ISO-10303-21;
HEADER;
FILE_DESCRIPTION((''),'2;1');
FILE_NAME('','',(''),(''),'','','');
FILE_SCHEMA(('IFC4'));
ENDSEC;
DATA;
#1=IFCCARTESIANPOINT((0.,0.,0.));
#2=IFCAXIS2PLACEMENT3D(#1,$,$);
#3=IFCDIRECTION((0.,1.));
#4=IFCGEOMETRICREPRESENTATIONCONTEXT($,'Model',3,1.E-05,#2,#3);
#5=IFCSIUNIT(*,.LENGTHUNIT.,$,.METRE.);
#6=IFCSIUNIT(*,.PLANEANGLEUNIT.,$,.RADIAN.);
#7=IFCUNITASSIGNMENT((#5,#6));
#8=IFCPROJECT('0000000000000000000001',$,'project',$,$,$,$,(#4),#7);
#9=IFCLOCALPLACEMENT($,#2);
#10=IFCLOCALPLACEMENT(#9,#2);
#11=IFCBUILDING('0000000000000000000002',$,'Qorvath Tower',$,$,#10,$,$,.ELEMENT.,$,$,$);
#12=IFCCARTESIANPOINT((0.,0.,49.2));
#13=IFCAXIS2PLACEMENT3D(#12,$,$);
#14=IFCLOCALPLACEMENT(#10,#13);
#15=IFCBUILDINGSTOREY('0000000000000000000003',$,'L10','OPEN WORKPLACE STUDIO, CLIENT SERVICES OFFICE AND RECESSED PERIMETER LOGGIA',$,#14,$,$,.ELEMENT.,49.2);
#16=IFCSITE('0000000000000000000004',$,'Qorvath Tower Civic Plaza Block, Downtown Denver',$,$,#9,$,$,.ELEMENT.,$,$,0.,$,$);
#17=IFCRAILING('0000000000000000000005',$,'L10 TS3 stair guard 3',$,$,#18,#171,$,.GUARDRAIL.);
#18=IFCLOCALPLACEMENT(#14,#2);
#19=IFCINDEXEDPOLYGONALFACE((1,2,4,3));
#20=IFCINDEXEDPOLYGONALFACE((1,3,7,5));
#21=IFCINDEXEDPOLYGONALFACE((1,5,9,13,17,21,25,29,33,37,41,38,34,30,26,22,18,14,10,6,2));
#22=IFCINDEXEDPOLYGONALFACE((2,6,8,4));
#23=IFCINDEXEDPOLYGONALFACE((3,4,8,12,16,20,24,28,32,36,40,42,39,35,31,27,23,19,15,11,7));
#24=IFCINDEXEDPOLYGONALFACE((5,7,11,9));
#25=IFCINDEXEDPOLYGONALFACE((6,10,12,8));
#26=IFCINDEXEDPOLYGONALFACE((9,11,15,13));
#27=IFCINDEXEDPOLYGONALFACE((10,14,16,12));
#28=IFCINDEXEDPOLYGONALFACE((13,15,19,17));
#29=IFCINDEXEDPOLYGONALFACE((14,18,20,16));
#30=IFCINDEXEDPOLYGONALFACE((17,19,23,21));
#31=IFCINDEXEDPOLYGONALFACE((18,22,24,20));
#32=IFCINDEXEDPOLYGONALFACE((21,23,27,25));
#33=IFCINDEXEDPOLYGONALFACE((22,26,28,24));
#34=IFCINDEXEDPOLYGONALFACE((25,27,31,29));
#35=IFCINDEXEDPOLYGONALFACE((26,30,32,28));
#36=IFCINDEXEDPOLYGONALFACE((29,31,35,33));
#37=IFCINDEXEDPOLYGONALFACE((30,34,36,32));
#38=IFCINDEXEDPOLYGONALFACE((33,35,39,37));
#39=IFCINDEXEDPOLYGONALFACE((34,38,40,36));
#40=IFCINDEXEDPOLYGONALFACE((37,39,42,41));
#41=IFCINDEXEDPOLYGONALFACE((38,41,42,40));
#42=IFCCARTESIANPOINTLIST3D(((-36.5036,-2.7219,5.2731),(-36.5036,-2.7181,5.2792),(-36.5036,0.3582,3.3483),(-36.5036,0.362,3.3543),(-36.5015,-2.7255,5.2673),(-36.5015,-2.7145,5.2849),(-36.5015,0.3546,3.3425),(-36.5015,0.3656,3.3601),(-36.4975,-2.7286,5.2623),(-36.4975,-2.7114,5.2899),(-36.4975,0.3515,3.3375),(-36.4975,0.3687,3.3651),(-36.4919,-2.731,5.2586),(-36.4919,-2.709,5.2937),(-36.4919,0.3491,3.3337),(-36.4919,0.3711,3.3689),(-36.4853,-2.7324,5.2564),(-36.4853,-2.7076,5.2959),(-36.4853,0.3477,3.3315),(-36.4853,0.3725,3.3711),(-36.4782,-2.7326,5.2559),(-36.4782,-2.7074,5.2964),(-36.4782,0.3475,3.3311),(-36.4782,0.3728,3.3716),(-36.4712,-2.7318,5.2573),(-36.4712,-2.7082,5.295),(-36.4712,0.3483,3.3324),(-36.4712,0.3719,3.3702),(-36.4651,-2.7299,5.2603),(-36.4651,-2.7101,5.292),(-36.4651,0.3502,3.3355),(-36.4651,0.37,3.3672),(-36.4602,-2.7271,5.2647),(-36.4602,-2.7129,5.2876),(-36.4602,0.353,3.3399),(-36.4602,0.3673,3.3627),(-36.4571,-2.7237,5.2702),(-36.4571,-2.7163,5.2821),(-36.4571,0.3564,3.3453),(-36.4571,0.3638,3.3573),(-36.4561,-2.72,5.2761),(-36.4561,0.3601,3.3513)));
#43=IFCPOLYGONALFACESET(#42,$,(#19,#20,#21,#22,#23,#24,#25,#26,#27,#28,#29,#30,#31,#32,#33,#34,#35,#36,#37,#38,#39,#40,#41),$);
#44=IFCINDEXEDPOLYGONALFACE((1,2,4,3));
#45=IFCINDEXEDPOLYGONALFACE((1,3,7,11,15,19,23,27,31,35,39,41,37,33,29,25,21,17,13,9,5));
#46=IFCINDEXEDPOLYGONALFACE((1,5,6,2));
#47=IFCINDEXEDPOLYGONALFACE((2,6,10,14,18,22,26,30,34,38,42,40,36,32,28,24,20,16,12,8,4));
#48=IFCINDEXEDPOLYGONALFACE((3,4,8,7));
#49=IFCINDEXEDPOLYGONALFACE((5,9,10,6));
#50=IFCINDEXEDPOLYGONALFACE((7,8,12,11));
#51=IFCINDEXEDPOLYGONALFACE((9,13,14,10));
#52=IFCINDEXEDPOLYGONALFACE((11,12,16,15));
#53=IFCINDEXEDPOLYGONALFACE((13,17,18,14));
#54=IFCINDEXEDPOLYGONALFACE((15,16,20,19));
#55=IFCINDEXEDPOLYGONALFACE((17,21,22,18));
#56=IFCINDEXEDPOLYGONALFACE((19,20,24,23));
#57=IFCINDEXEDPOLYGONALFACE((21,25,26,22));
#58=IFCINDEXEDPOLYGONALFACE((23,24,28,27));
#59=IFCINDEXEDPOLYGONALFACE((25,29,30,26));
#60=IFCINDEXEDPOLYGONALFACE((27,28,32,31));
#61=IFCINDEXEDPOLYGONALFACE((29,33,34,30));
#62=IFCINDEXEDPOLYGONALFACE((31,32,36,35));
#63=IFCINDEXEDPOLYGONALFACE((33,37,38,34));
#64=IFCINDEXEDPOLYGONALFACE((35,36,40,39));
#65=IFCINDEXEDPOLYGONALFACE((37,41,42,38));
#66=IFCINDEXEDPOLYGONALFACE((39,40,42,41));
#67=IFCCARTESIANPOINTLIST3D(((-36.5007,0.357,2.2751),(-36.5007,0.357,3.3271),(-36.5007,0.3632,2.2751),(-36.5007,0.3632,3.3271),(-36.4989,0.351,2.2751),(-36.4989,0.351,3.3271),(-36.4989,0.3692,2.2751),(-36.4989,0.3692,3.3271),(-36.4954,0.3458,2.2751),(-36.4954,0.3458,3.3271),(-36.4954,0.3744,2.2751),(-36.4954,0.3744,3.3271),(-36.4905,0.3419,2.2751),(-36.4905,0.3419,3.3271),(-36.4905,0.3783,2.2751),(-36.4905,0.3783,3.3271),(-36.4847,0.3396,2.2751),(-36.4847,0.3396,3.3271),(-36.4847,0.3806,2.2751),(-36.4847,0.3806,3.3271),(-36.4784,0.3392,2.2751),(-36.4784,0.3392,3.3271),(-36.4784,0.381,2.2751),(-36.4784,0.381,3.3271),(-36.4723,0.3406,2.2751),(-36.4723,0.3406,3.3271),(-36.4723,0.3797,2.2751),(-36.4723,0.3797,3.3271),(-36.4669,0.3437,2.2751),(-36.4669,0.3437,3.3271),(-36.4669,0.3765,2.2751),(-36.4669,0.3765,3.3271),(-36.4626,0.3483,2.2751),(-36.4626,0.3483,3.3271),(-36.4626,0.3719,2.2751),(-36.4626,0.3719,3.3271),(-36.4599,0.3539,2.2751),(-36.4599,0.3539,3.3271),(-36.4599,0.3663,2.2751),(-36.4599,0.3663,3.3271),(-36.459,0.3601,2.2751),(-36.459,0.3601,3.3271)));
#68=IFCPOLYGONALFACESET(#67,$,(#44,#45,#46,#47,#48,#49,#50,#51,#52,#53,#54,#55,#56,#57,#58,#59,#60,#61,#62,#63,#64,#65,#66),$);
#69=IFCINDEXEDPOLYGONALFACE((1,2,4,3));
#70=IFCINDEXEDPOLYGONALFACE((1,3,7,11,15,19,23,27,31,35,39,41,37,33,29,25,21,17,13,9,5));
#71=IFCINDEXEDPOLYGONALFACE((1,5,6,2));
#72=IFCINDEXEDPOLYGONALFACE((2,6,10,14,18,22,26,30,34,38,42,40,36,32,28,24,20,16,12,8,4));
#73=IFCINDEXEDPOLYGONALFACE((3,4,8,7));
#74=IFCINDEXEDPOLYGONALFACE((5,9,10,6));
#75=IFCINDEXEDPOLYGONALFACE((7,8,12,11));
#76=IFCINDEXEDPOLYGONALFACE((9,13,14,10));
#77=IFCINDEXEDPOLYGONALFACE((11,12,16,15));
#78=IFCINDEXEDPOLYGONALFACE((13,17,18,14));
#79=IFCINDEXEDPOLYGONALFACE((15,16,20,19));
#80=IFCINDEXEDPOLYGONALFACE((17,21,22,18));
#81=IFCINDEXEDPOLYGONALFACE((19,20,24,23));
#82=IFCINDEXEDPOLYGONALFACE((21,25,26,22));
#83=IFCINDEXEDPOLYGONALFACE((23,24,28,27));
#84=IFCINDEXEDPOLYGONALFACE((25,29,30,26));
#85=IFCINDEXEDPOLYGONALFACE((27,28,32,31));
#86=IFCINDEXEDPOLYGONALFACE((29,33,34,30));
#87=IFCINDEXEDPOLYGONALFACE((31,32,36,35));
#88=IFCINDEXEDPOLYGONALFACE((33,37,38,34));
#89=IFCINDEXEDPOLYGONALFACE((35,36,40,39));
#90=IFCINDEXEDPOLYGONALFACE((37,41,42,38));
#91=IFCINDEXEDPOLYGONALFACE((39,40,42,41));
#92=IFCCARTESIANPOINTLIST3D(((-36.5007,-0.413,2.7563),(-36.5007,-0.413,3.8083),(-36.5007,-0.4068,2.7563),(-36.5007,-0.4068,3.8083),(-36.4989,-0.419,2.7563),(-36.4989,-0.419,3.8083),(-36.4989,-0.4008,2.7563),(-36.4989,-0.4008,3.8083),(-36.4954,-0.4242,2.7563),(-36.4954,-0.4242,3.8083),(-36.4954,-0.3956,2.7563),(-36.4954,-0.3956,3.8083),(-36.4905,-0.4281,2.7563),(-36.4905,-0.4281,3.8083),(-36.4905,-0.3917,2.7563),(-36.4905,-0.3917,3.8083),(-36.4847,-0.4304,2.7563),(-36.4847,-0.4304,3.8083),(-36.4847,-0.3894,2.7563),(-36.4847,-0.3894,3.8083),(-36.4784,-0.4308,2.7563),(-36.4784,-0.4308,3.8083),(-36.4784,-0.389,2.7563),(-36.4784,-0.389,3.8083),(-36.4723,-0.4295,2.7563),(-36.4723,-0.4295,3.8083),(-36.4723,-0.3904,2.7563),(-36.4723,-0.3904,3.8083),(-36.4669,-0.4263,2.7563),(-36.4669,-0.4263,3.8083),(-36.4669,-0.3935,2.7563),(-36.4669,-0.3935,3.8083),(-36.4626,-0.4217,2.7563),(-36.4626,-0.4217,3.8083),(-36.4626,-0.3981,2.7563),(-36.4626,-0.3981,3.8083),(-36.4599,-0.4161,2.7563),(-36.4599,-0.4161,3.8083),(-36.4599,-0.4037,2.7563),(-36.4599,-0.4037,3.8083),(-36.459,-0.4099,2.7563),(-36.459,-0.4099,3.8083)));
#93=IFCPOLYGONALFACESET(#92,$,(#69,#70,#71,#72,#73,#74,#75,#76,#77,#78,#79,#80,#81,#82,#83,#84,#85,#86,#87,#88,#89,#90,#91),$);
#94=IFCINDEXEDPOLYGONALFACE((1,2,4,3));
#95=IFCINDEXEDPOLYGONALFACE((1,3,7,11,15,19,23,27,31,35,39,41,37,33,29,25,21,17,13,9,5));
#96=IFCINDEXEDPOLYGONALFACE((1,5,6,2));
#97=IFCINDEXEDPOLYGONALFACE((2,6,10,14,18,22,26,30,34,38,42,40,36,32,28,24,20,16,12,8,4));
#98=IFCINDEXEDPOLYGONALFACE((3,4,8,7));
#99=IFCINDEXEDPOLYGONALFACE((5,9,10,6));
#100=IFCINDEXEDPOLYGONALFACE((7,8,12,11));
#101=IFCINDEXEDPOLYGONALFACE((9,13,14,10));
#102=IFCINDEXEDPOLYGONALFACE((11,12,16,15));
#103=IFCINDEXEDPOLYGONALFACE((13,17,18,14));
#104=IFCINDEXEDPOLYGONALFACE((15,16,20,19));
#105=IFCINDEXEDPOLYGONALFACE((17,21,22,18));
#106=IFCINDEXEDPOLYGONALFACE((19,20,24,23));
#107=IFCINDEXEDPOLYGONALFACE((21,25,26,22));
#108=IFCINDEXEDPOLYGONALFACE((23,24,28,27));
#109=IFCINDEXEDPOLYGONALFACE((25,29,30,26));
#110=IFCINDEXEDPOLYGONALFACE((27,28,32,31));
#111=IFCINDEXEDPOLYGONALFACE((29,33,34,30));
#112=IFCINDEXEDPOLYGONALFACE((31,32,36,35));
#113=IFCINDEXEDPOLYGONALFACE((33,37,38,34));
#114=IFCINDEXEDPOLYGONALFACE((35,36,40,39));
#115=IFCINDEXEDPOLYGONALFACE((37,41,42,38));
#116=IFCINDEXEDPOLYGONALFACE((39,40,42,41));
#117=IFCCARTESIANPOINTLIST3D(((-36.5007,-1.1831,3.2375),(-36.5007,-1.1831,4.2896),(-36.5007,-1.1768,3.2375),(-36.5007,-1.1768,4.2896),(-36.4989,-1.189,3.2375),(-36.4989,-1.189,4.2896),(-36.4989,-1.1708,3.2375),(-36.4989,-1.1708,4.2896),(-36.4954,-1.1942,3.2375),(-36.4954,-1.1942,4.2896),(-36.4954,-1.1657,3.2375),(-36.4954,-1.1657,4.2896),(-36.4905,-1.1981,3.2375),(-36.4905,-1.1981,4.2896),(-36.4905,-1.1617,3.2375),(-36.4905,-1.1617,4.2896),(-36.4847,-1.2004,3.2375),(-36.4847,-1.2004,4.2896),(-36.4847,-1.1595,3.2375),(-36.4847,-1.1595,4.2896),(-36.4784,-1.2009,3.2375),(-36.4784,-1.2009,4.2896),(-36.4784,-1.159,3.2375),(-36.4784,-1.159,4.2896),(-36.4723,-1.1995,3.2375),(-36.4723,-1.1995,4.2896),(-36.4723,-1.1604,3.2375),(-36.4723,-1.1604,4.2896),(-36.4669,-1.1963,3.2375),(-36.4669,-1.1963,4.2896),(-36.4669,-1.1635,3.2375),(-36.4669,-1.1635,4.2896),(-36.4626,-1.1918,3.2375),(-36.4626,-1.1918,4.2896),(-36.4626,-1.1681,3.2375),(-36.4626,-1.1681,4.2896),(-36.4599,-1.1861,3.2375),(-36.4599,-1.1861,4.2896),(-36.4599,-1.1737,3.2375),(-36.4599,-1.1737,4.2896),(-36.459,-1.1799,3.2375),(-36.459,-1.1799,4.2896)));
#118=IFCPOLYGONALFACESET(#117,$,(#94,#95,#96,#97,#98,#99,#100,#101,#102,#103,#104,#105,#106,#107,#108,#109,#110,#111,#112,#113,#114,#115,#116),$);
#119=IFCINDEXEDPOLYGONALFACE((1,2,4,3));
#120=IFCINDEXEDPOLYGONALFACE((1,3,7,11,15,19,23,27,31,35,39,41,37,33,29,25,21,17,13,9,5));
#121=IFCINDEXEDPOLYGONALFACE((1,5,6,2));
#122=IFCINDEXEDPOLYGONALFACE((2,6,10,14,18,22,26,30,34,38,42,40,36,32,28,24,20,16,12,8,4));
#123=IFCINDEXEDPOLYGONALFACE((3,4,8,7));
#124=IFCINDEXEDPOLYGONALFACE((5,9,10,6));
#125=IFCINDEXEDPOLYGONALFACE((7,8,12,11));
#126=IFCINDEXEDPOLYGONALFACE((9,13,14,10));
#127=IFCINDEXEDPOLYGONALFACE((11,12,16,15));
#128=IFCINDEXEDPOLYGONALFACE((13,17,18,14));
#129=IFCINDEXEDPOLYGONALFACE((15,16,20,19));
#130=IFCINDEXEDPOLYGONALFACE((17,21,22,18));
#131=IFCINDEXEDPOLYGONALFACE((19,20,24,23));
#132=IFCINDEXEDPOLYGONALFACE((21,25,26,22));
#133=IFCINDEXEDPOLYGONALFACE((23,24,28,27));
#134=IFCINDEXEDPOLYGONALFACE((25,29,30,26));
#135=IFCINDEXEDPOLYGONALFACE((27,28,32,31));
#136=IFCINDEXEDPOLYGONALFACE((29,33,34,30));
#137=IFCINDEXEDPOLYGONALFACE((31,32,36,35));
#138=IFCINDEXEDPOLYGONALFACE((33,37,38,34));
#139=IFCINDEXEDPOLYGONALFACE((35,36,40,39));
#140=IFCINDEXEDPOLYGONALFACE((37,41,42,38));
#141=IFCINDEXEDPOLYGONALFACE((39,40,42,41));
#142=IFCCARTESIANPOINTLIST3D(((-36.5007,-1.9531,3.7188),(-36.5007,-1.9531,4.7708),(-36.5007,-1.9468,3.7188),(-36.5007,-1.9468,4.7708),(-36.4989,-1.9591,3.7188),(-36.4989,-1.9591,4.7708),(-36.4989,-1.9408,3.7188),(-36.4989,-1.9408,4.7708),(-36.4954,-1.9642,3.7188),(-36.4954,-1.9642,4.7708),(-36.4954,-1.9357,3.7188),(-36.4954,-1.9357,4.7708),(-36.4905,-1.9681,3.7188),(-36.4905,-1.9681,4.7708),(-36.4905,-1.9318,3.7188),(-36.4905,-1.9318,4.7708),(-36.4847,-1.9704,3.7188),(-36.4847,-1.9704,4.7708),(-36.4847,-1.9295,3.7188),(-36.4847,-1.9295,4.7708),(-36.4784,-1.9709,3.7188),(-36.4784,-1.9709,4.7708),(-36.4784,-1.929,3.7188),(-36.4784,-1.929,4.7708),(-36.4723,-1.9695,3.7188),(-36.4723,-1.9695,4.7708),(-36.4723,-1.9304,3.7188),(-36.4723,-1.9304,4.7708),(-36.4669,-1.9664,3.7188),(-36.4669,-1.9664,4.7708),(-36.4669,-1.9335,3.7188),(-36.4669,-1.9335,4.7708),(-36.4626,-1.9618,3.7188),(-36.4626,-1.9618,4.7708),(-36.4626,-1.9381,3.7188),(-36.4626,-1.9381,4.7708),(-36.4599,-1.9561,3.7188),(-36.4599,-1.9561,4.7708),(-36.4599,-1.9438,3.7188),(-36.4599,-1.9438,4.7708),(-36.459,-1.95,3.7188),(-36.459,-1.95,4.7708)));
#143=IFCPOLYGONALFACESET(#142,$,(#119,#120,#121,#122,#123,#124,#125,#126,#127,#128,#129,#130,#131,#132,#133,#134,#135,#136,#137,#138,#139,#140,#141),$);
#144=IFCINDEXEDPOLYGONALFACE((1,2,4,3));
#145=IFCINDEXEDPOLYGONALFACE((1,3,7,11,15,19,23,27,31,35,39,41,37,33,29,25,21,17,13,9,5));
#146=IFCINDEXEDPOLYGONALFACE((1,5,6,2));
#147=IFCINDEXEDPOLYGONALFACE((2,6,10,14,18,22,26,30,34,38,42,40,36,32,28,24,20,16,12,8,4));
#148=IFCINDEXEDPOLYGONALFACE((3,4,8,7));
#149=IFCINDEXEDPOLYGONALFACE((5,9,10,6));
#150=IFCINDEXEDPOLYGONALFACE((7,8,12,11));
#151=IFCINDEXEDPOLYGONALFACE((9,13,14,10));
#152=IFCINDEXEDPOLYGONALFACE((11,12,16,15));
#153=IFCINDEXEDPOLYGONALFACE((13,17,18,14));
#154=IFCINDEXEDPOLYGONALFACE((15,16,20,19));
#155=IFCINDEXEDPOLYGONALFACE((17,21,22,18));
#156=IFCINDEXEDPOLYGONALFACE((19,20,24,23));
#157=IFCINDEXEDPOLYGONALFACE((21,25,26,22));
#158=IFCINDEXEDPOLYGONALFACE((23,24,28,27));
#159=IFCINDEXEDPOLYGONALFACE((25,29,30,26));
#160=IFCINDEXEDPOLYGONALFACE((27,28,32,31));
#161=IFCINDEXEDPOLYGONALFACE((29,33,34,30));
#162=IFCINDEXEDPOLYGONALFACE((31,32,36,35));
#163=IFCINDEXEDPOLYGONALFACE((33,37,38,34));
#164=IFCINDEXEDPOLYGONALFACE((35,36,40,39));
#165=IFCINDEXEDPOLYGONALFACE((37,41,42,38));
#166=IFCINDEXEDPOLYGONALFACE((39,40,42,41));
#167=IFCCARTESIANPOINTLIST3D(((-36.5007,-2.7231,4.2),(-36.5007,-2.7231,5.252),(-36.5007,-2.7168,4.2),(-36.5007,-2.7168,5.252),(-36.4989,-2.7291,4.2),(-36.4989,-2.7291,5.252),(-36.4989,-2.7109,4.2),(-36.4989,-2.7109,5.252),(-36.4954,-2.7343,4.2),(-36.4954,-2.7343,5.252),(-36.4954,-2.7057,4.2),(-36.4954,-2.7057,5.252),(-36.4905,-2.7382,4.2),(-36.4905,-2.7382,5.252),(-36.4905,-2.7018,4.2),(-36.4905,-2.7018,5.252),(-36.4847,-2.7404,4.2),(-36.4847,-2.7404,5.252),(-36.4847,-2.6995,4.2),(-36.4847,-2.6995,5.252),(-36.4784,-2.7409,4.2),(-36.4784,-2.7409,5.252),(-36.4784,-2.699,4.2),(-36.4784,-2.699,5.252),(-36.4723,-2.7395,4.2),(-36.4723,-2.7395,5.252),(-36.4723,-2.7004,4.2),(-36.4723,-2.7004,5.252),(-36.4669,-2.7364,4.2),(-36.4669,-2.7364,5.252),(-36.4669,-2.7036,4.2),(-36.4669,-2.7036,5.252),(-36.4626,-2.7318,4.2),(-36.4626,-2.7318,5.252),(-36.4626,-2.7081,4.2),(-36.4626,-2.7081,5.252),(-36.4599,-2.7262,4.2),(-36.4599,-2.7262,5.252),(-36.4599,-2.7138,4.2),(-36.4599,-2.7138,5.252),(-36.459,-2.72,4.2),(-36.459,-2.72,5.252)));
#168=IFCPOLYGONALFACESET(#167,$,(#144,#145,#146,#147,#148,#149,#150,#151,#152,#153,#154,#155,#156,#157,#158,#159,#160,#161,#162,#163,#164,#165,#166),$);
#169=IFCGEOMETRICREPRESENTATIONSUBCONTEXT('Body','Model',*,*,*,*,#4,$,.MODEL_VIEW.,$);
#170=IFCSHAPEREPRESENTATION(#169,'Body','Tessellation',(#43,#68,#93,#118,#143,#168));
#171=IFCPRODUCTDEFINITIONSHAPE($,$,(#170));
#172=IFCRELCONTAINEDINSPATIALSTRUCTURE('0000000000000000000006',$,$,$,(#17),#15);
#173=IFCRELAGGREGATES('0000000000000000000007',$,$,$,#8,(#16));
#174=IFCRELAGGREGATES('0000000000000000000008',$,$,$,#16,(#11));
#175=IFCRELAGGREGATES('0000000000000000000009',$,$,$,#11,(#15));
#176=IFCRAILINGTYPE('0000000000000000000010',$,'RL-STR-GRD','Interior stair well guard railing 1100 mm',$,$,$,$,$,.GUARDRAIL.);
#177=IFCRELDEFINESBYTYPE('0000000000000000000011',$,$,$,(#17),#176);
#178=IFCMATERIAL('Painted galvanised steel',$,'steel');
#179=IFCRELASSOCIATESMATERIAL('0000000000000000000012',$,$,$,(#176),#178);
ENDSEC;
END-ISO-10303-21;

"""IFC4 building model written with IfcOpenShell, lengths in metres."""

from ifc_helpers import new_model, si_unit, direction, frame, origin, origin_2d, place, context, subcontext, project, spatial, circle, extrude, material, type_object, element, save


model = new_model("IFC4")

# Units and contexts
model_context = context("Model", 3, precision=1e-05, world=origin(), true_north=direction((0.0, 1.0)))
body_context = subcontext(model_context, "Body", "Model", "MODEL_VIEW")
ifc_project = project(units=[si_unit("LENGTHUNIT", "METRE"), si_unit("PLANEANGLEUNIT", "RADIAN")], contexts=[model_context])

# Site, building, storey
site_placement = place(None, origin())
site = spatial("IfcSite", under=ifc_project, at=site_placement, Name="Qorvath Tower Civic Plaza Block, Downtown Denver", CompositionType="ELEMENT", RefElevation=0.0)
building_placement = place(site_placement, origin())
building = spatial("IfcBuilding", under=site, at=building_placement, Name="Qorvath Tower", CompositionType="ELEMENT")
storey_placement = place(building_placement, frame((0.0, 0.0, 49.2)))
storey = spatial("IfcBuildingStorey", under=building, at=storey_placement, Name="L10", Description="OPEN WORKPLACE STUDIO, CLIENT SERVICES OFFICE AND RECESSED PERIMETER LOGGIA", CompositionType="ELEMENT", Elevation=49.2)

# Railing
ifc_material_1 = material(Name="Painted galvanised steel", Category="steel")
railing_type_1 = type_object("IfcRailingType", Name="RL-STR-GRD", Description="Interior stair well guard railing 1100 mm", PredefinedType="GUARDRAIL", material=ifc_material_1)
railing_1_placement = place(storey_placement, frame((-36.48, 0.3601, 2.2751)))
element("IfcRailing", 1, at=railing_1_placement, inside=storey, type_object=railing_type_1, Name="L10 TS3 stair guard 3", PredefinedType="GUARDRAIL", context=body_context, shape_type="SweptSolid", body=[
    extrude(circle(Radius=0.0239, at=origin_2d()), frame((0.0, 0.0, 1.0762), z_axis=(0.0, -0.848029, 0.529951), x_axis=(1.0, 0.0, 0.0)), (0.0, 0.0, 1.0), 3.6321),
    extrude(circle(Radius=0.021, at=origin_2d()), origin(), (0.0, 0.0, 1.0), 1.052),
    extrude(circle(Radius=0.021, at=origin_2d()), frame((0.0, -0.77, 0.4812)), (0.0, 0.0, 1.0), 1.052),
    extrude(circle(Radius=0.021, at=origin_2d()), frame((0.0, -1.54, 0.9624)), (0.0, 0.0, 1.0), 1.052),
    extrude(circle(Radius=0.021, at=origin_2d()), frame((0.0, -2.3101, 1.4436)), (0.0, 0.0, 1.0), 1.052),
    extrude(circle(Radius=0.021, at=origin_2d()), frame((0.0, -3.0801, 1.9248)), (0.0, 0.0, 1.0), 1.052),
])

save(model, "model.ifc")
